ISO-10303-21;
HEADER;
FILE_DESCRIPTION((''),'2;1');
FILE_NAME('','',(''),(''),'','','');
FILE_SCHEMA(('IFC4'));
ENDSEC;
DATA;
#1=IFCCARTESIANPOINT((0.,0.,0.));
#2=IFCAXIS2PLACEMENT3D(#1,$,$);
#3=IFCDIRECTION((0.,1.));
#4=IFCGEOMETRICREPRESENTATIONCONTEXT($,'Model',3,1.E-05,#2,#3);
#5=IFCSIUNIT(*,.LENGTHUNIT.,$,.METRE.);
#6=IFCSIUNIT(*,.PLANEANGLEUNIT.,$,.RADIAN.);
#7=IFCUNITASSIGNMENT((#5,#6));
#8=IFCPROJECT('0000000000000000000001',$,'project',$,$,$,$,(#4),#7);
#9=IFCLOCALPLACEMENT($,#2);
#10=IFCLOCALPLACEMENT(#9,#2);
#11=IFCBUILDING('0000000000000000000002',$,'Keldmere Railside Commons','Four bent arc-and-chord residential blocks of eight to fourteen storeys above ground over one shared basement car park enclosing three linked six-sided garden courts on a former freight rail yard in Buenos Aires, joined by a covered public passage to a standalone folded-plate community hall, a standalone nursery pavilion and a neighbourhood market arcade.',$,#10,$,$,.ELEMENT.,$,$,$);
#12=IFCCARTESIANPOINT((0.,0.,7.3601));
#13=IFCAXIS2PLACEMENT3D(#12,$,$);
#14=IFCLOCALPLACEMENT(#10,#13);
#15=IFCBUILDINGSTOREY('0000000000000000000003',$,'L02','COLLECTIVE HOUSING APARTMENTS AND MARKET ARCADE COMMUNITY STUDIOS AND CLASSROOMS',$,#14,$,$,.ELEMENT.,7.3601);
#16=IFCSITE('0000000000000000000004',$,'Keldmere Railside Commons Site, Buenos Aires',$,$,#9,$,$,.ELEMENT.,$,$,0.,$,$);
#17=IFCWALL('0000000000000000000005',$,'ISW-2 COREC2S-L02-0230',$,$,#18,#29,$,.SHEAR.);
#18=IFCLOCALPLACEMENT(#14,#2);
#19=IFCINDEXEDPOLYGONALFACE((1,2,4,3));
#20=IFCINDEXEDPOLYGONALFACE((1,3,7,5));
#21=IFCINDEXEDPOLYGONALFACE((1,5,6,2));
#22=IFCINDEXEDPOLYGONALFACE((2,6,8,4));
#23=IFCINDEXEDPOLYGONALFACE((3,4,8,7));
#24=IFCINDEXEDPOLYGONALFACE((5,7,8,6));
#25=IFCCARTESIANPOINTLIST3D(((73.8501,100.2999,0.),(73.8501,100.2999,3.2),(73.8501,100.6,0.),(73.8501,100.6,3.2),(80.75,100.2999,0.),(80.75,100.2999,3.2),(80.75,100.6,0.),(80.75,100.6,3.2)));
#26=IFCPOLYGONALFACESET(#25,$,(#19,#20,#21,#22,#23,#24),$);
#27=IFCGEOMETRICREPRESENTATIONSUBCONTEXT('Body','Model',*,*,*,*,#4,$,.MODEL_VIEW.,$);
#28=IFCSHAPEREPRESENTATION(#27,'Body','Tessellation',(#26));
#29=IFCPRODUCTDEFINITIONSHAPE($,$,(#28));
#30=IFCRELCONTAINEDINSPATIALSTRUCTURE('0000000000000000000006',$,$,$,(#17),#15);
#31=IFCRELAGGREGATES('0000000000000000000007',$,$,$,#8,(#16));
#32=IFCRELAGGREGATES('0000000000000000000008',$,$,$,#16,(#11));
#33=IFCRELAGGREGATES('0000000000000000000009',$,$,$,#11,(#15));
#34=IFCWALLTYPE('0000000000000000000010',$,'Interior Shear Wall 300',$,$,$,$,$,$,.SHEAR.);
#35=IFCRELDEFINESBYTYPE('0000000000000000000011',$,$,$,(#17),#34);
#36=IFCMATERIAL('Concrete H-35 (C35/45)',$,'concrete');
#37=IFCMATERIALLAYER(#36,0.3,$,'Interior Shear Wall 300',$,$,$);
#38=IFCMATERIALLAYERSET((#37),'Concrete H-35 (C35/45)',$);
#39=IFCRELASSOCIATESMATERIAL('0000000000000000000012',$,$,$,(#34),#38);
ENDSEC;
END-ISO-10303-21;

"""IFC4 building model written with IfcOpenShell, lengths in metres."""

from ifc_helpers import new_model, si_unit, direction, frame, frame_2d, origin, place, context, subcontext, project, spatial, rectangle, extrude, material, layer, layer_set, type_object, element, save


model = new_model("IFC4")

# Units and contexts
model_context = context("Model", 3, precision=1e-05, world=origin(), true_north=direction((0.0, 1.0)))
body_context = subcontext(model_context, "Body", "Model", "MODEL_VIEW")
ifc_project = project(units=[si_unit("LENGTHUNIT", "METRE"), si_unit("PLANEANGLEUNIT", "RADIAN")], contexts=[model_context])

# Site, building, storey
site_placement = place(None, origin())
site = spatial("IfcSite", under=ifc_project, at=site_placement, Name="Keldmere Railside Commons Site, Buenos Aires", CompositionType="ELEMENT", RefElevation=0.0)
building_placement = place(site_placement, origin())
building = spatial("IfcBuilding", under=site, at=building_placement, Name="Keldmere Railside Commons", Description="Four bent arc-and-chord residential blocks of eight to fourteen storeys above ground over one shared basement car park enclosing three linked six-sided garden courts on a former freight rail yard in Buenos Aires, joined by a covered public passage to a standalone folded-plate community hall, a standalone nursery pavilion and a neighbourhood market arcade.", CompositionType="ELEMENT")
storey_placement = place(building_placement, frame((0.0, 0.0, 7.3601)))
storey = spatial("IfcBuildingStorey", under=building, at=storey_placement, Name="L02", Description="COLLECTIVE HOUSING APARTMENTS AND MARKET ARCADE COMMUNITY STUDIOS AND CLASSROOMS", CompositionType="ELEMENT", Elevation=7.3601)

# Wall
ifc_material_1 = material(Name="Concrete H-35 (C35/45)", Category="concrete")
ifc_layer_1 = layer(ifc_material_1, 0.3, Name="Interior Shear Wall 300")
ifc_layer_set_1 = layer_set([ifc_layer_1], Name="Concrete H-35 (C35/45)")
wall_type_1 = type_object("IfcWallType", Name="Interior Shear Wall 300", PredefinedType="SHEAR", material=ifc_layer_set_1)
wall_1_placement = place(storey_placement, frame((73.8501, 100.45, 0.0), z_axis=(0.0, 0.0, 1.0), x_axis=(1.0, 0.0, 0.0)))
element("IfcWall", 1, at=wall_1_placement, inside=storey, type_object=wall_type_1, Name="ISW-2 COREC2S-L02-0230", PredefinedType="SHEAR", context=body_context, shape_type="SweptSolid", body=[
    extrude(rectangle(XDim=6.8999, YDim=0.3, at=frame_2d((3.45, 0.0))), origin(), (0.0, 0.0, 1.0), 3.2),
])

save(model, "model.ifc")
